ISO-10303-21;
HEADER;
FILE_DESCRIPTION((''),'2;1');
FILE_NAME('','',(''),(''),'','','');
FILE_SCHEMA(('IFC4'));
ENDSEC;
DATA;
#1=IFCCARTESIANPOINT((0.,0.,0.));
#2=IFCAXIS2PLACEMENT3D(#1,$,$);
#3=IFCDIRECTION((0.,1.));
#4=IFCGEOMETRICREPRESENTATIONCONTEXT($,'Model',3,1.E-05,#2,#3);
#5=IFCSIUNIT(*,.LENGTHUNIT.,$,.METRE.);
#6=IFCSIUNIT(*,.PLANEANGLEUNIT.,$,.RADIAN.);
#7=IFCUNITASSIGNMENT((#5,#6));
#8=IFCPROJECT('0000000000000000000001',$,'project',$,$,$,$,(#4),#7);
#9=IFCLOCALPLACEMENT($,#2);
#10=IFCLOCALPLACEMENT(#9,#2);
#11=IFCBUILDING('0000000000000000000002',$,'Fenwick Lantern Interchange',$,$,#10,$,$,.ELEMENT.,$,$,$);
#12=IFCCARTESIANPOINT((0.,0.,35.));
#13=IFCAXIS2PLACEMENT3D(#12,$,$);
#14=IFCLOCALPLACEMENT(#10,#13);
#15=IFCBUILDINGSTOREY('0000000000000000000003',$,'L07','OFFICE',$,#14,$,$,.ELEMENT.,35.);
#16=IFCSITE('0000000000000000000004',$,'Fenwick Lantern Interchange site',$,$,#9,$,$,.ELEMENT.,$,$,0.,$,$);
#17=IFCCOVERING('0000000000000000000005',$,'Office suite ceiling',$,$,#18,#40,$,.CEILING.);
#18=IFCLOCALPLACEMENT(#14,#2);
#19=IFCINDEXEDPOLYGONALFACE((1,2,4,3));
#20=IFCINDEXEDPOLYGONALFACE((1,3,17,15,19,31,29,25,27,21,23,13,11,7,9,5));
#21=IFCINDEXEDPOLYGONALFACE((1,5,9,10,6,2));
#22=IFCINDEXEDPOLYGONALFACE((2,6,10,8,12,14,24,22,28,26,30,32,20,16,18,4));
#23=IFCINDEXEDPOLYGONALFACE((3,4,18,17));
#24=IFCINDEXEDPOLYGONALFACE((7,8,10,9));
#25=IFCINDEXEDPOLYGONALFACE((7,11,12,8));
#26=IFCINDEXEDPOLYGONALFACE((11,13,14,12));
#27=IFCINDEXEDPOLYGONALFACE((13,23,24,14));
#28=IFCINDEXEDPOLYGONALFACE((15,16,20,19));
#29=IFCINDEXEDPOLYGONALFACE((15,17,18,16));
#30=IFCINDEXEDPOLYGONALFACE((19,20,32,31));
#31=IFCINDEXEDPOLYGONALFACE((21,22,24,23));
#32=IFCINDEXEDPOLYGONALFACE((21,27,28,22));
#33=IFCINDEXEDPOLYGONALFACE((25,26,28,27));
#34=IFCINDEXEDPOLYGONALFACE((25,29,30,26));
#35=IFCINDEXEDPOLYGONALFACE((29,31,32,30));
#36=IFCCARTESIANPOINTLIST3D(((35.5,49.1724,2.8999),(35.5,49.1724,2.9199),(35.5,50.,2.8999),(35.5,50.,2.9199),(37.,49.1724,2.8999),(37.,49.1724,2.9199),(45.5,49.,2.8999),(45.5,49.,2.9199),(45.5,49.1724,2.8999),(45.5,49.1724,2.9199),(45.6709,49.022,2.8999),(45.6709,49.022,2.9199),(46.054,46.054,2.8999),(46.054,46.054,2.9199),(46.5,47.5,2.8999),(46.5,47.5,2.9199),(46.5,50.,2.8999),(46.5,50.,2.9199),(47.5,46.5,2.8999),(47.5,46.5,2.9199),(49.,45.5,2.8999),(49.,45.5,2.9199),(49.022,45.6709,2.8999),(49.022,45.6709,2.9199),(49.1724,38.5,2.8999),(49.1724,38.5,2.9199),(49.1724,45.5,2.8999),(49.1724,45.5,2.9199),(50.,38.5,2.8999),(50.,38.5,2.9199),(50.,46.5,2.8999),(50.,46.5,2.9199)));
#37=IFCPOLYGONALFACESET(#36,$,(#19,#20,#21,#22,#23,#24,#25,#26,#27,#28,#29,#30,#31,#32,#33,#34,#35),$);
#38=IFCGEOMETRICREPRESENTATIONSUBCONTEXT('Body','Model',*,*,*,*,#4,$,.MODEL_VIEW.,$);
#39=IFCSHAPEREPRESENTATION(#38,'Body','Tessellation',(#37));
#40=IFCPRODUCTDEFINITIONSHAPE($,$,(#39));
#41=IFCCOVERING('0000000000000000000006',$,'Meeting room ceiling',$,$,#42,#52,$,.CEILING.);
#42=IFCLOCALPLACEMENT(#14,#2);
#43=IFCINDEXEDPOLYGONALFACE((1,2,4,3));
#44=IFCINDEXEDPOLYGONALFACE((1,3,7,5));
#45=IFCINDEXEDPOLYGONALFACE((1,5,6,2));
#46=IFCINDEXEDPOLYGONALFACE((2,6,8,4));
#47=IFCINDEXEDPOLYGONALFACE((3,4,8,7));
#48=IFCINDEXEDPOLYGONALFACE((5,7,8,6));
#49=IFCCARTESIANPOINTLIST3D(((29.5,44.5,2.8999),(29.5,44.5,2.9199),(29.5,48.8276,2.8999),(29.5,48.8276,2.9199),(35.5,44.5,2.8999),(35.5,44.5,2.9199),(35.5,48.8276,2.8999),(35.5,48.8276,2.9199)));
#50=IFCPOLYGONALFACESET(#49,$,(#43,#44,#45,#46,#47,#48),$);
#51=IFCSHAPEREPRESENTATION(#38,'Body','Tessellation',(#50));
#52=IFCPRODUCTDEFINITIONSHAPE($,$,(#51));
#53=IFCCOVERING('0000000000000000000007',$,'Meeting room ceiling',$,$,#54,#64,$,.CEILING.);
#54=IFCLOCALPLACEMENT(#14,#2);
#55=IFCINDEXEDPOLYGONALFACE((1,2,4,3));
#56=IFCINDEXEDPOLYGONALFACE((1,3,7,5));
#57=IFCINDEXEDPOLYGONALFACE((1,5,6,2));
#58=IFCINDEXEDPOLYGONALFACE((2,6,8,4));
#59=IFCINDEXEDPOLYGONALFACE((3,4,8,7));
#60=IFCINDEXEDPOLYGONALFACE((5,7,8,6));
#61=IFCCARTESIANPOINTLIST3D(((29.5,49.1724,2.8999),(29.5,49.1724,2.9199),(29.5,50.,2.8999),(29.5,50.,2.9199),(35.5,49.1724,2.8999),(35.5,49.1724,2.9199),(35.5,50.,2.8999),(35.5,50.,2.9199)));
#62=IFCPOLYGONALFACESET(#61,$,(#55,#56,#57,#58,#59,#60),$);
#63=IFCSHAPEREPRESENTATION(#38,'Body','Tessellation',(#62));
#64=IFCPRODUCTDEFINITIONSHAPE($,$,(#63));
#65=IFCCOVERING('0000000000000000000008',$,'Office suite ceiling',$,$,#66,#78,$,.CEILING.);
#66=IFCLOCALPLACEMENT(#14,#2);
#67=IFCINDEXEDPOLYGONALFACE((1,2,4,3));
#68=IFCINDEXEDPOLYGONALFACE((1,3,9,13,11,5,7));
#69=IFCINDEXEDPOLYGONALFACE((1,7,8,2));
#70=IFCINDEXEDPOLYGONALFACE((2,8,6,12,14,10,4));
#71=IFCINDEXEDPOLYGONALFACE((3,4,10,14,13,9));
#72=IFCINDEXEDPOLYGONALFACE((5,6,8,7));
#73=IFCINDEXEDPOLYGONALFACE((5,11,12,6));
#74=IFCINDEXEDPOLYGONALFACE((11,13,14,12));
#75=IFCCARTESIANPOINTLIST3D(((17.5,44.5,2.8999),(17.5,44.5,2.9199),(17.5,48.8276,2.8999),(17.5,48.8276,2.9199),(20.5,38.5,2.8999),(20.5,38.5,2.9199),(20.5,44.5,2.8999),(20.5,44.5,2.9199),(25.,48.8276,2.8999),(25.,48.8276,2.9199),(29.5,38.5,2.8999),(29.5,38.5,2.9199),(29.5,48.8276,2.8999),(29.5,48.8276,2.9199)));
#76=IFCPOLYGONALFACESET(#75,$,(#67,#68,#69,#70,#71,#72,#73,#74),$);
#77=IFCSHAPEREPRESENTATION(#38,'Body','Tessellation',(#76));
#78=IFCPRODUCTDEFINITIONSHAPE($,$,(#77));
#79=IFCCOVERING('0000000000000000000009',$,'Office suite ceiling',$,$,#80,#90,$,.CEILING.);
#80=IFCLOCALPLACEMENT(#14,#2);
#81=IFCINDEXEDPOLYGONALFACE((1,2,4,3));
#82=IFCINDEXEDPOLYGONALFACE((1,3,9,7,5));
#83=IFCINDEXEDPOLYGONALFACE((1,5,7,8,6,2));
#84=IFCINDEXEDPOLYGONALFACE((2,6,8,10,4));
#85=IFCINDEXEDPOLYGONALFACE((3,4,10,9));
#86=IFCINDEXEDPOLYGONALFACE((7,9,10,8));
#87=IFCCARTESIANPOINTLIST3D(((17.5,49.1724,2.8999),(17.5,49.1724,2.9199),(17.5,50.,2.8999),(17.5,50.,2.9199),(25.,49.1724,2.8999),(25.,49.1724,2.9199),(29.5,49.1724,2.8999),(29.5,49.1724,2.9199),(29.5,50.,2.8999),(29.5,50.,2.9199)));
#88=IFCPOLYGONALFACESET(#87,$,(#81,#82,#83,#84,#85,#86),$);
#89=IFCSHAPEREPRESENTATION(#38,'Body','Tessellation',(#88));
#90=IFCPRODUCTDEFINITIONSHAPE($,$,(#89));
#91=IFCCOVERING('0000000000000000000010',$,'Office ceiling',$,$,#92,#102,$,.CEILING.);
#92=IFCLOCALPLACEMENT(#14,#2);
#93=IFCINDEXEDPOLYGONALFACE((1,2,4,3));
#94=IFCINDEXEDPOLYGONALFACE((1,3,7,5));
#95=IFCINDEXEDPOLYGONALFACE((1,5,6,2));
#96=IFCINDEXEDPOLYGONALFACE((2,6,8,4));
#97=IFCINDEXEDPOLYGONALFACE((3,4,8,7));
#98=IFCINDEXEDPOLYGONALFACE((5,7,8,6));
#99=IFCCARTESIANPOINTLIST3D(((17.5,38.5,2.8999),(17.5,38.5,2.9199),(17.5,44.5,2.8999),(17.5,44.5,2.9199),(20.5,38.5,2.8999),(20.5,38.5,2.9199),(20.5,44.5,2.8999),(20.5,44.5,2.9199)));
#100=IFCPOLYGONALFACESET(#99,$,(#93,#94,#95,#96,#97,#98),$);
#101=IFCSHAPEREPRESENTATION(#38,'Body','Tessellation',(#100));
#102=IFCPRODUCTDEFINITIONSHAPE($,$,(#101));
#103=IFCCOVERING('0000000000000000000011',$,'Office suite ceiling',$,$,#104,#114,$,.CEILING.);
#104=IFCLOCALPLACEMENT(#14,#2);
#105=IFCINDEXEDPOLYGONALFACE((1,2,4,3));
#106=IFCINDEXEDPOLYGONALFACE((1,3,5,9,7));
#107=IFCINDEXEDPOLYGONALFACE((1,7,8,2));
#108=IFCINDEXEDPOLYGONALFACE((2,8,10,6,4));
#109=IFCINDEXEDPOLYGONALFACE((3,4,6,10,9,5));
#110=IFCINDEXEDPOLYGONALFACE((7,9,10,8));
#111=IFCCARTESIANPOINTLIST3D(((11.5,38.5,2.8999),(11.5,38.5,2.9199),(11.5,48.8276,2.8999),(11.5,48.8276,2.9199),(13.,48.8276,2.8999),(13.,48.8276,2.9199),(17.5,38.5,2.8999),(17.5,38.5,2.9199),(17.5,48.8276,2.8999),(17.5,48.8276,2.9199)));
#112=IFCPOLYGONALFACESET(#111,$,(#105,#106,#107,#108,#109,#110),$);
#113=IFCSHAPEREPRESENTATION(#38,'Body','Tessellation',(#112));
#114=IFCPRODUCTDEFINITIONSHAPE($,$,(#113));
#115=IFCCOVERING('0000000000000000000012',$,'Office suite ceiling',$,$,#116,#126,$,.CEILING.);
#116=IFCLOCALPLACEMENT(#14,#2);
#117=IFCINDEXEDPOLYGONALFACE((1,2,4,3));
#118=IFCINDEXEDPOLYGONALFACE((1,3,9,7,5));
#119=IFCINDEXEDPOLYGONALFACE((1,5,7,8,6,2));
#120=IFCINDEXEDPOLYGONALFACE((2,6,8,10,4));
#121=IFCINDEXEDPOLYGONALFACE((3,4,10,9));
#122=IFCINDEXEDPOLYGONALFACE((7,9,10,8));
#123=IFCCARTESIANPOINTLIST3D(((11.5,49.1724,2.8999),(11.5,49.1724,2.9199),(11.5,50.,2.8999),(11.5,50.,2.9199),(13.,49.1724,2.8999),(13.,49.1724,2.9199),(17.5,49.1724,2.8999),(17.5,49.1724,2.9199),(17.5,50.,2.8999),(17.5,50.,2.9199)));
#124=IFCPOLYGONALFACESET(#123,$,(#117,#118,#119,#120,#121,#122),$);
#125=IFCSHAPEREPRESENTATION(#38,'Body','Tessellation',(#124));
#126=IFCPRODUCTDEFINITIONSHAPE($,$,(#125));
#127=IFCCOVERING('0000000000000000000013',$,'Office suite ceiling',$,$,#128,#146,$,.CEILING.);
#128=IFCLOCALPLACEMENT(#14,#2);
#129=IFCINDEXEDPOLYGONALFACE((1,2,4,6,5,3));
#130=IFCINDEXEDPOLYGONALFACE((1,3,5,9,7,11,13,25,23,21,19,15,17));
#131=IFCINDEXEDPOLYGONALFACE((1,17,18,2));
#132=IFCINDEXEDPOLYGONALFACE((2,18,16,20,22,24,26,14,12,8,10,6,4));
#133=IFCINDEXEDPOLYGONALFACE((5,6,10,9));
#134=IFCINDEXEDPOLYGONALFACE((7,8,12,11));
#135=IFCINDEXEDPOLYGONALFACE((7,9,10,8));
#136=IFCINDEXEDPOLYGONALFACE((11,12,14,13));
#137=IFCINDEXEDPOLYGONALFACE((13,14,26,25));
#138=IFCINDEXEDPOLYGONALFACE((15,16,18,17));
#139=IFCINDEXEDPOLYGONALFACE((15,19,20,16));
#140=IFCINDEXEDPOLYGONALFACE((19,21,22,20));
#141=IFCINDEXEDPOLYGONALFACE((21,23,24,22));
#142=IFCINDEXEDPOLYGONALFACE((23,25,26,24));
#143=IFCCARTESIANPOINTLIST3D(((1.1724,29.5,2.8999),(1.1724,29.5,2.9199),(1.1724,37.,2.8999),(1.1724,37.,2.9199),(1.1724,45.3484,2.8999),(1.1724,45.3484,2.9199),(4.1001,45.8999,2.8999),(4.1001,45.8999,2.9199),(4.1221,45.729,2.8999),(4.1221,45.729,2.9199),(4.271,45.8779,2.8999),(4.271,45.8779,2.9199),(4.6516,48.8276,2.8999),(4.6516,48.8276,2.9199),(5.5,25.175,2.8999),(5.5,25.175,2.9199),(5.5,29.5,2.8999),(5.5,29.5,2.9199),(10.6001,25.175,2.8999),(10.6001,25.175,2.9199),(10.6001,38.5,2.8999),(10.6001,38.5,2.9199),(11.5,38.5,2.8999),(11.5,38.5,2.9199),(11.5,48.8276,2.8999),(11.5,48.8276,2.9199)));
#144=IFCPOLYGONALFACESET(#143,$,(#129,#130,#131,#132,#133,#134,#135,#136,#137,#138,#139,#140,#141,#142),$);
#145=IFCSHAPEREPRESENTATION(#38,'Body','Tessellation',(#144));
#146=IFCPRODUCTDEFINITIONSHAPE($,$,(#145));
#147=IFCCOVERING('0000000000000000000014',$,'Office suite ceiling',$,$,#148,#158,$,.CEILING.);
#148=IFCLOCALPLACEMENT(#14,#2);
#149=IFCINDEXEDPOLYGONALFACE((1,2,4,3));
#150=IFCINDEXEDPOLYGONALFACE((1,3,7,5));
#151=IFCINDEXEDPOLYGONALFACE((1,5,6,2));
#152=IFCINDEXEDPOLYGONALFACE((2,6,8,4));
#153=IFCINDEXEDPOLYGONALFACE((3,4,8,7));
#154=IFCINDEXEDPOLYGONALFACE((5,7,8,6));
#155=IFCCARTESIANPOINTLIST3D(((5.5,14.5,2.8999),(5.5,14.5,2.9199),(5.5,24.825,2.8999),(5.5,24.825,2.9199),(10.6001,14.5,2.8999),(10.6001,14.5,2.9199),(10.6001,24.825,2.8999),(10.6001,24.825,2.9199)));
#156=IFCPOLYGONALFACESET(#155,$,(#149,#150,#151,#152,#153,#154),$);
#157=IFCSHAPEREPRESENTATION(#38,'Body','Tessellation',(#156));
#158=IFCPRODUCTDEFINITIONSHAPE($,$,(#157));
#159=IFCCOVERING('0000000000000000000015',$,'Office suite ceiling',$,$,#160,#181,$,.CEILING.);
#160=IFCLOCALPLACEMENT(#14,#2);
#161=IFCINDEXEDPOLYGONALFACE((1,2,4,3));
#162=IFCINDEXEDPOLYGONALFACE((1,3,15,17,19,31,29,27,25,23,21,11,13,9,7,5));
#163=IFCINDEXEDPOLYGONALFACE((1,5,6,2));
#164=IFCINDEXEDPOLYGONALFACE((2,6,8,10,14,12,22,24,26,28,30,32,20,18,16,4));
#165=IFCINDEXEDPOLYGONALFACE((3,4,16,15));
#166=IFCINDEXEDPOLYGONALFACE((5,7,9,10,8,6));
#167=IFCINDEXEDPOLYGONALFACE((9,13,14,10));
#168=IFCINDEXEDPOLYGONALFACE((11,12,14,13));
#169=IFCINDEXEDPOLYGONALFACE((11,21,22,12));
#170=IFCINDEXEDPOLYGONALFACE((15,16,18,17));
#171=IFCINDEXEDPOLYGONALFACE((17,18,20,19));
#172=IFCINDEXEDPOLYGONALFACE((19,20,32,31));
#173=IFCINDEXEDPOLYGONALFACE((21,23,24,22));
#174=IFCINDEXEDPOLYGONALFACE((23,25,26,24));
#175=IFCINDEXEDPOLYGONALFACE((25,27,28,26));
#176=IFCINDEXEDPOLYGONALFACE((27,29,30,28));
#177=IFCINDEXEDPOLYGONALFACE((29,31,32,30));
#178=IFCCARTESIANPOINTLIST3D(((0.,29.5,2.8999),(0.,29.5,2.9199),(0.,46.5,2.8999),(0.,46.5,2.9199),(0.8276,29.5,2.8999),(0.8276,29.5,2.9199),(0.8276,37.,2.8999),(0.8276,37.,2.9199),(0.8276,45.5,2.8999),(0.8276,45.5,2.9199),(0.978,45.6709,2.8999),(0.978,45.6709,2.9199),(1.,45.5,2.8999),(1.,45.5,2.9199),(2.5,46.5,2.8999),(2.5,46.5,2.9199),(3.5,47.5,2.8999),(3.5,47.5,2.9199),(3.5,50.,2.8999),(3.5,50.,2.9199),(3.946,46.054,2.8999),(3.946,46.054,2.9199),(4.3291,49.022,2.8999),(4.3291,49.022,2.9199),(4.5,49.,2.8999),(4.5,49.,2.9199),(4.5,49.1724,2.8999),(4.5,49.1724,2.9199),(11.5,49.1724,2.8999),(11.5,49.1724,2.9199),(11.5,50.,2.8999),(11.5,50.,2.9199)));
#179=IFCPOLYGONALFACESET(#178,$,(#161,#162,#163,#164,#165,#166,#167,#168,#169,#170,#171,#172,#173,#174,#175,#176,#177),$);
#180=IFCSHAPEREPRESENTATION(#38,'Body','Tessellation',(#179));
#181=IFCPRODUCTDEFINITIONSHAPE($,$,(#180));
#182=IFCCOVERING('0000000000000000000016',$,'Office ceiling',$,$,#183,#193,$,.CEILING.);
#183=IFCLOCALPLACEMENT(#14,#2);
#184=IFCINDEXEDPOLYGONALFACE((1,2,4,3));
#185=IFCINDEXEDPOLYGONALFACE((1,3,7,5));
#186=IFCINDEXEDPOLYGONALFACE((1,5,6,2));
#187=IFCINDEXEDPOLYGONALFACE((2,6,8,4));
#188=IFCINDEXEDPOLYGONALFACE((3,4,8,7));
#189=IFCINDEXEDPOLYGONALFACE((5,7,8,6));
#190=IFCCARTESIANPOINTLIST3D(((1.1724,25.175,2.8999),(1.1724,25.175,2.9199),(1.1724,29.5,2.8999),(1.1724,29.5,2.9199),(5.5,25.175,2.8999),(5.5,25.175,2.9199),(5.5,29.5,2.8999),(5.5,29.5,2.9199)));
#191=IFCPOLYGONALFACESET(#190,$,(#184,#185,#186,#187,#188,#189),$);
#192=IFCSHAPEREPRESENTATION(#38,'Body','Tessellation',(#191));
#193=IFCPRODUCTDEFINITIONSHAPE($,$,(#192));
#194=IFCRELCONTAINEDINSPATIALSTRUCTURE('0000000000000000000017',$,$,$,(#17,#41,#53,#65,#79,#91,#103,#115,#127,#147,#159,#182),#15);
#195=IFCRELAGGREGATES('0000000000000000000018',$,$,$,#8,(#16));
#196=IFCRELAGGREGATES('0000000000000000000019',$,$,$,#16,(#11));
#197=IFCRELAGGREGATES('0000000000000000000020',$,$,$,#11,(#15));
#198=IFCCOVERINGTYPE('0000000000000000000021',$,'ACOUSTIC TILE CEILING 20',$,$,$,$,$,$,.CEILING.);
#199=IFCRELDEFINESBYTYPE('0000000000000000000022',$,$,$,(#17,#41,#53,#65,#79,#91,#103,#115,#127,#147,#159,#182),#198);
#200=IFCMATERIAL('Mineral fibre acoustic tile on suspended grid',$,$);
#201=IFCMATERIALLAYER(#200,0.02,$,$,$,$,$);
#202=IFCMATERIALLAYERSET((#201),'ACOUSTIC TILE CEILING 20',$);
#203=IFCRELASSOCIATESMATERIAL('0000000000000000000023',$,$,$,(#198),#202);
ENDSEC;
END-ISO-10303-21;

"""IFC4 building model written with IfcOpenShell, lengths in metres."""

from ifc_helpers import new_model, si_unit, direction, frame, origin, place, context, subcontext, project, spatial, polyline, outline, extrude, material, layer, layer_set, type_object, element, save


model = new_model("IFC4")

# Units and contexts
model_context = context("Model", 3, precision=1e-05, world=origin(), true_north=direction((0.0, 1.0)))
body_context = subcontext(model_context, "Body", "Model", "MODEL_VIEW")
ifc_project = project(units=[si_unit("LENGTHUNIT", "METRE"), si_unit("PLANEANGLEUNIT", "RADIAN")], contexts=[model_context])

# Site, building, storey
site_placement = place(None, origin())
site = spatial("IfcSite", under=ifc_project, at=site_placement, Name="Fenwick Lantern Interchange site", CompositionType="ELEMENT", RefElevation=0.0)
building_placement = place(site_placement, origin())
building = spatial("IfcBuilding", under=site, at=building_placement, Name="Fenwick Lantern Interchange", CompositionType="ELEMENT")
storey_placement = place(building_placement, frame((0.0, 0.0, 35.0)))
storey = spatial("IfcBuildingStorey", under=building, at=storey_placement, Name="L07", Description="OFFICE", CompositionType="ELEMENT", Elevation=35.0)

# Coverings
ifc_material = material(Name="Mineral fibre acoustic tile on suspended grid")
ifc_layer = layer(ifc_material, 0.02)
ifc_layer_set = layer_set([ifc_layer], Name="ACOUSTIC TILE CEILING 20")
covering_type = type_object("IfcCoveringType", Name="ACOUSTIC TILE CEILING 20", PredefinedType="CEILING", material=ifc_layer_set)
covering_1_placement = place(storey_placement, frame((0.0, 0.0, 2.8999)))
element("IfcCovering", 1, at=covering_1_placement, inside=storey, type_object=covering_type, Name="Office suite ceiling", PredefinedType="CEILING", context=body_context, shape_type="SweptSolid", body=[
    extrude(outline(polyline([(47.5, 46.5), (46.5, 47.5), (46.5, 50.0), (35.5, 50.0), (35.5, 49.1724), (37.0, 49.1724), (45.5, 49.1724), (45.5, 49.0), (45.6709, 49.022), (46.054, 46.054), (49.022, 45.6709), (49.0, 45.5), (49.1724, 45.5), (49.1724, 38.5), (50.0, 38.5), (50.0, 46.5), (47.5, 46.5)])), origin(), (0.0, 0.0, 1.0), 0.02),
])
covering_2_placement = place(storey_placement, frame((0.0, 0.0, 2.8999)))
element("IfcCovering", 2, at=covering_2_placement, inside=storey, type_object=covering_type, Name="Meeting room ceiling", PredefinedType="CEILING", context=body_context, shape_type="SweptSolid", body=[
    extrude(outline(polyline([(35.5, 44.5), (35.5, 48.8276), (29.5, 48.8276), (29.5, 44.5), (35.5, 44.5)])), origin(), (0.0, 0.0, 1.0), 0.02),
])
covering_3_placement = place(storey_placement, frame((0.0, 0.0, 2.8999)))
element("IfcCovering", 3, at=covering_3_placement, inside=storey, type_object=covering_type, Name="Meeting room ceiling", PredefinedType="CEILING", context=body_context, shape_type="SweptSolid", body=[
    extrude(outline(polyline([(29.5, 50.0), (29.5, 49.1724), (35.5, 49.1724), (35.5, 50.0), (29.5, 50.0)])), origin(), (0.0, 0.0, 1.0), 0.02),
])
covering_4_placement = place(storey_placement, frame((0.0, 0.0, 2.8999)))
element("IfcCovering", 4, at=covering_4_placement, inside=storey, type_object=covering_type, Name="Office suite ceiling", PredefinedType="CEILING", context=body_context, shape_type="SweptSolid", body=[
    extrude(outline(polyline([(29.5, 38.5), (29.5, 48.8276), (25.0, 48.8276), (17.5, 48.8276), (17.5, 44.5), (20.5, 44.5), (20.5, 38.5), (29.5, 38.5)])), origin(), (0.0, 0.0, 1.0), 0.02),
])
covering_5_placement = place(storey_placement, frame((0.0, 0.0, 2.8999)))
element("IfcCovering", 5, at=covering_5_placement, inside=storey, type_object=covering_type, Name="Office suite ceiling", PredefinedType="CEILING", context=body_context, shape_type="SweptSolid", body=[
    extrude(outline(polyline([(29.5, 49.1724), (29.5, 50.0), (17.5, 50.0), (17.5, 49.1724), (25.0, 49.1724), (29.5, 49.1724)])), origin(), (0.0, 0.0, 1.0), 0.02),
])
covering_6_placement = place(storey_placement, frame((0.0, 0.0, 2.8999)))
element("IfcCovering", 6, at=covering_6_placement, inside=storey, type_object=covering_type, Name="Office ceiling", PredefinedType="CEILING", context=body_context, shape_type="SweptSolid", body=[
    extrude(outline(polyline([(20.5, 44.5), (17.5, 44.5), (17.5, 38.5), (20.5, 38.5), (20.5, 44.5)])), origin(), (0.0, 0.0, 1.0), 0.02),
])
covering_7_placement = place(storey_placement, frame((0.0, 0.0, 2.8999)))
element("IfcCovering", 7, at=covering_7_placement, inside=storey, type_object=covering_type, Name="Office suite ceiling", PredefinedType="CEILING", context=body_context, shape_type="SweptSolid", body=[
    extrude(outline(polyline([(17.5, 38.5), (17.5, 48.8276), (13.0, 48.8276), (11.5, 48.8276), (11.5, 38.5), (17.5, 38.5)])), origin(), (0.0, 0.0, 1.0), 0.02),
])
covering_8_placement = place(storey_placement, frame((0.0, 0.0, 2.8999)))
element("IfcCovering", 8, at=covering_8_placement, inside=storey, type_object=covering_type, Name="Office suite ceiling", PredefinedType="CEILING", context=body_context, shape_type="SweptSolid", body=[
    extrude(outline(polyline([(17.5, 50.0), (11.5, 50.0), (11.5, 49.1724), (13.0, 49.1724), (17.5, 49.1724), (17.5, 50.0)])), origin(), (0.0, 0.0, 1.0), 0.02),
])
covering_9_placement = place(storey_placement, frame((0.0, 0.0, 2.8999)))
element("IfcCovering", 9, at=covering_9_placement, inside=storey, type_object=covering_type, Name="Office suite ceiling", PredefinedType="CEILING", context=body_context, shape_type="SweptSolid", body=[
    extrude(outline(polyline([(11.5, 38.5), (11.5, 48.8276), (4.6516, 48.8276), (4.271, 45.8779), (4.1001, 45.8999), (4.1221, 45.729), (1.1724, 45.3484), (1.1724, 37.0), (1.1724, 29.5), (5.5, 29.5), (5.5, 25.175), (10.6001, 25.175), (10.6001, 38.5), (11.5, 38.5)])), origin(), (0.0, 0.0, 1.0), 0.02),
])
covering_10_placement = place(storey_placement, frame((0.0, 0.0, 2.8999)))
element("IfcCovering", 10, at=covering_10_placement, inside=storey, type_object=covering_type, Name="Office suite ceiling", PredefinedType="CEILING", context=body_context, shape_type="SweptSolid", body=[
    extrude(outline(polyline([(10.6001, 14.5), (10.6001, 24.825), (5.5, 24.825), (5.5, 14.5), (10.6001, 14.5)])), origin(), (0.0, 0.0, 1.0), 0.02),
])
covering_11_placement = place(storey_placement, frame((0.0, 0.0, 2.8999)))
element("IfcCovering", 11, at=covering_11_placement, inside=storey, type_object=covering_type, Name="Office suite ceiling", PredefinedType="CEILING", context=body_context, shape_type="SweptSolid", body=[
    extrude(outline(polyline([(0.0, 46.5), (0.0, 29.5), (0.8276, 29.5), (0.8276, 37.0), (0.8276, 45.5), (1.0, 45.5), (0.978, 45.6709), (3.946, 46.054), (4.3291, 49.022), (4.5, 49.0), (4.5, 49.1724), (11.5, 49.1724), (11.5, 50.0), (3.5, 50.0), (3.5, 47.5), (2.5, 46.5), (0.0, 46.5)])), origin(), (0.0, 0.0, 1.0), 0.02),
])
covering_12_placement = place(storey_placement, frame((0.0, 0.0, 2.8999)))
element("IfcCovering", 12, at=covering_12_placement, inside=storey, type_object=covering_type, Name="Office ceiling", PredefinedType="CEILING", context=body_context, shape_type="SweptSolid", body=[
    extrude(outline(polyline([(5.5, 29.5), (1.1724, 29.5), (1.1724, 25.175), (5.5, 25.175), (5.5, 29.5)])), origin(), (0.0, 0.0, 1.0), 0.02),
])

save(model, "model.ifc")
